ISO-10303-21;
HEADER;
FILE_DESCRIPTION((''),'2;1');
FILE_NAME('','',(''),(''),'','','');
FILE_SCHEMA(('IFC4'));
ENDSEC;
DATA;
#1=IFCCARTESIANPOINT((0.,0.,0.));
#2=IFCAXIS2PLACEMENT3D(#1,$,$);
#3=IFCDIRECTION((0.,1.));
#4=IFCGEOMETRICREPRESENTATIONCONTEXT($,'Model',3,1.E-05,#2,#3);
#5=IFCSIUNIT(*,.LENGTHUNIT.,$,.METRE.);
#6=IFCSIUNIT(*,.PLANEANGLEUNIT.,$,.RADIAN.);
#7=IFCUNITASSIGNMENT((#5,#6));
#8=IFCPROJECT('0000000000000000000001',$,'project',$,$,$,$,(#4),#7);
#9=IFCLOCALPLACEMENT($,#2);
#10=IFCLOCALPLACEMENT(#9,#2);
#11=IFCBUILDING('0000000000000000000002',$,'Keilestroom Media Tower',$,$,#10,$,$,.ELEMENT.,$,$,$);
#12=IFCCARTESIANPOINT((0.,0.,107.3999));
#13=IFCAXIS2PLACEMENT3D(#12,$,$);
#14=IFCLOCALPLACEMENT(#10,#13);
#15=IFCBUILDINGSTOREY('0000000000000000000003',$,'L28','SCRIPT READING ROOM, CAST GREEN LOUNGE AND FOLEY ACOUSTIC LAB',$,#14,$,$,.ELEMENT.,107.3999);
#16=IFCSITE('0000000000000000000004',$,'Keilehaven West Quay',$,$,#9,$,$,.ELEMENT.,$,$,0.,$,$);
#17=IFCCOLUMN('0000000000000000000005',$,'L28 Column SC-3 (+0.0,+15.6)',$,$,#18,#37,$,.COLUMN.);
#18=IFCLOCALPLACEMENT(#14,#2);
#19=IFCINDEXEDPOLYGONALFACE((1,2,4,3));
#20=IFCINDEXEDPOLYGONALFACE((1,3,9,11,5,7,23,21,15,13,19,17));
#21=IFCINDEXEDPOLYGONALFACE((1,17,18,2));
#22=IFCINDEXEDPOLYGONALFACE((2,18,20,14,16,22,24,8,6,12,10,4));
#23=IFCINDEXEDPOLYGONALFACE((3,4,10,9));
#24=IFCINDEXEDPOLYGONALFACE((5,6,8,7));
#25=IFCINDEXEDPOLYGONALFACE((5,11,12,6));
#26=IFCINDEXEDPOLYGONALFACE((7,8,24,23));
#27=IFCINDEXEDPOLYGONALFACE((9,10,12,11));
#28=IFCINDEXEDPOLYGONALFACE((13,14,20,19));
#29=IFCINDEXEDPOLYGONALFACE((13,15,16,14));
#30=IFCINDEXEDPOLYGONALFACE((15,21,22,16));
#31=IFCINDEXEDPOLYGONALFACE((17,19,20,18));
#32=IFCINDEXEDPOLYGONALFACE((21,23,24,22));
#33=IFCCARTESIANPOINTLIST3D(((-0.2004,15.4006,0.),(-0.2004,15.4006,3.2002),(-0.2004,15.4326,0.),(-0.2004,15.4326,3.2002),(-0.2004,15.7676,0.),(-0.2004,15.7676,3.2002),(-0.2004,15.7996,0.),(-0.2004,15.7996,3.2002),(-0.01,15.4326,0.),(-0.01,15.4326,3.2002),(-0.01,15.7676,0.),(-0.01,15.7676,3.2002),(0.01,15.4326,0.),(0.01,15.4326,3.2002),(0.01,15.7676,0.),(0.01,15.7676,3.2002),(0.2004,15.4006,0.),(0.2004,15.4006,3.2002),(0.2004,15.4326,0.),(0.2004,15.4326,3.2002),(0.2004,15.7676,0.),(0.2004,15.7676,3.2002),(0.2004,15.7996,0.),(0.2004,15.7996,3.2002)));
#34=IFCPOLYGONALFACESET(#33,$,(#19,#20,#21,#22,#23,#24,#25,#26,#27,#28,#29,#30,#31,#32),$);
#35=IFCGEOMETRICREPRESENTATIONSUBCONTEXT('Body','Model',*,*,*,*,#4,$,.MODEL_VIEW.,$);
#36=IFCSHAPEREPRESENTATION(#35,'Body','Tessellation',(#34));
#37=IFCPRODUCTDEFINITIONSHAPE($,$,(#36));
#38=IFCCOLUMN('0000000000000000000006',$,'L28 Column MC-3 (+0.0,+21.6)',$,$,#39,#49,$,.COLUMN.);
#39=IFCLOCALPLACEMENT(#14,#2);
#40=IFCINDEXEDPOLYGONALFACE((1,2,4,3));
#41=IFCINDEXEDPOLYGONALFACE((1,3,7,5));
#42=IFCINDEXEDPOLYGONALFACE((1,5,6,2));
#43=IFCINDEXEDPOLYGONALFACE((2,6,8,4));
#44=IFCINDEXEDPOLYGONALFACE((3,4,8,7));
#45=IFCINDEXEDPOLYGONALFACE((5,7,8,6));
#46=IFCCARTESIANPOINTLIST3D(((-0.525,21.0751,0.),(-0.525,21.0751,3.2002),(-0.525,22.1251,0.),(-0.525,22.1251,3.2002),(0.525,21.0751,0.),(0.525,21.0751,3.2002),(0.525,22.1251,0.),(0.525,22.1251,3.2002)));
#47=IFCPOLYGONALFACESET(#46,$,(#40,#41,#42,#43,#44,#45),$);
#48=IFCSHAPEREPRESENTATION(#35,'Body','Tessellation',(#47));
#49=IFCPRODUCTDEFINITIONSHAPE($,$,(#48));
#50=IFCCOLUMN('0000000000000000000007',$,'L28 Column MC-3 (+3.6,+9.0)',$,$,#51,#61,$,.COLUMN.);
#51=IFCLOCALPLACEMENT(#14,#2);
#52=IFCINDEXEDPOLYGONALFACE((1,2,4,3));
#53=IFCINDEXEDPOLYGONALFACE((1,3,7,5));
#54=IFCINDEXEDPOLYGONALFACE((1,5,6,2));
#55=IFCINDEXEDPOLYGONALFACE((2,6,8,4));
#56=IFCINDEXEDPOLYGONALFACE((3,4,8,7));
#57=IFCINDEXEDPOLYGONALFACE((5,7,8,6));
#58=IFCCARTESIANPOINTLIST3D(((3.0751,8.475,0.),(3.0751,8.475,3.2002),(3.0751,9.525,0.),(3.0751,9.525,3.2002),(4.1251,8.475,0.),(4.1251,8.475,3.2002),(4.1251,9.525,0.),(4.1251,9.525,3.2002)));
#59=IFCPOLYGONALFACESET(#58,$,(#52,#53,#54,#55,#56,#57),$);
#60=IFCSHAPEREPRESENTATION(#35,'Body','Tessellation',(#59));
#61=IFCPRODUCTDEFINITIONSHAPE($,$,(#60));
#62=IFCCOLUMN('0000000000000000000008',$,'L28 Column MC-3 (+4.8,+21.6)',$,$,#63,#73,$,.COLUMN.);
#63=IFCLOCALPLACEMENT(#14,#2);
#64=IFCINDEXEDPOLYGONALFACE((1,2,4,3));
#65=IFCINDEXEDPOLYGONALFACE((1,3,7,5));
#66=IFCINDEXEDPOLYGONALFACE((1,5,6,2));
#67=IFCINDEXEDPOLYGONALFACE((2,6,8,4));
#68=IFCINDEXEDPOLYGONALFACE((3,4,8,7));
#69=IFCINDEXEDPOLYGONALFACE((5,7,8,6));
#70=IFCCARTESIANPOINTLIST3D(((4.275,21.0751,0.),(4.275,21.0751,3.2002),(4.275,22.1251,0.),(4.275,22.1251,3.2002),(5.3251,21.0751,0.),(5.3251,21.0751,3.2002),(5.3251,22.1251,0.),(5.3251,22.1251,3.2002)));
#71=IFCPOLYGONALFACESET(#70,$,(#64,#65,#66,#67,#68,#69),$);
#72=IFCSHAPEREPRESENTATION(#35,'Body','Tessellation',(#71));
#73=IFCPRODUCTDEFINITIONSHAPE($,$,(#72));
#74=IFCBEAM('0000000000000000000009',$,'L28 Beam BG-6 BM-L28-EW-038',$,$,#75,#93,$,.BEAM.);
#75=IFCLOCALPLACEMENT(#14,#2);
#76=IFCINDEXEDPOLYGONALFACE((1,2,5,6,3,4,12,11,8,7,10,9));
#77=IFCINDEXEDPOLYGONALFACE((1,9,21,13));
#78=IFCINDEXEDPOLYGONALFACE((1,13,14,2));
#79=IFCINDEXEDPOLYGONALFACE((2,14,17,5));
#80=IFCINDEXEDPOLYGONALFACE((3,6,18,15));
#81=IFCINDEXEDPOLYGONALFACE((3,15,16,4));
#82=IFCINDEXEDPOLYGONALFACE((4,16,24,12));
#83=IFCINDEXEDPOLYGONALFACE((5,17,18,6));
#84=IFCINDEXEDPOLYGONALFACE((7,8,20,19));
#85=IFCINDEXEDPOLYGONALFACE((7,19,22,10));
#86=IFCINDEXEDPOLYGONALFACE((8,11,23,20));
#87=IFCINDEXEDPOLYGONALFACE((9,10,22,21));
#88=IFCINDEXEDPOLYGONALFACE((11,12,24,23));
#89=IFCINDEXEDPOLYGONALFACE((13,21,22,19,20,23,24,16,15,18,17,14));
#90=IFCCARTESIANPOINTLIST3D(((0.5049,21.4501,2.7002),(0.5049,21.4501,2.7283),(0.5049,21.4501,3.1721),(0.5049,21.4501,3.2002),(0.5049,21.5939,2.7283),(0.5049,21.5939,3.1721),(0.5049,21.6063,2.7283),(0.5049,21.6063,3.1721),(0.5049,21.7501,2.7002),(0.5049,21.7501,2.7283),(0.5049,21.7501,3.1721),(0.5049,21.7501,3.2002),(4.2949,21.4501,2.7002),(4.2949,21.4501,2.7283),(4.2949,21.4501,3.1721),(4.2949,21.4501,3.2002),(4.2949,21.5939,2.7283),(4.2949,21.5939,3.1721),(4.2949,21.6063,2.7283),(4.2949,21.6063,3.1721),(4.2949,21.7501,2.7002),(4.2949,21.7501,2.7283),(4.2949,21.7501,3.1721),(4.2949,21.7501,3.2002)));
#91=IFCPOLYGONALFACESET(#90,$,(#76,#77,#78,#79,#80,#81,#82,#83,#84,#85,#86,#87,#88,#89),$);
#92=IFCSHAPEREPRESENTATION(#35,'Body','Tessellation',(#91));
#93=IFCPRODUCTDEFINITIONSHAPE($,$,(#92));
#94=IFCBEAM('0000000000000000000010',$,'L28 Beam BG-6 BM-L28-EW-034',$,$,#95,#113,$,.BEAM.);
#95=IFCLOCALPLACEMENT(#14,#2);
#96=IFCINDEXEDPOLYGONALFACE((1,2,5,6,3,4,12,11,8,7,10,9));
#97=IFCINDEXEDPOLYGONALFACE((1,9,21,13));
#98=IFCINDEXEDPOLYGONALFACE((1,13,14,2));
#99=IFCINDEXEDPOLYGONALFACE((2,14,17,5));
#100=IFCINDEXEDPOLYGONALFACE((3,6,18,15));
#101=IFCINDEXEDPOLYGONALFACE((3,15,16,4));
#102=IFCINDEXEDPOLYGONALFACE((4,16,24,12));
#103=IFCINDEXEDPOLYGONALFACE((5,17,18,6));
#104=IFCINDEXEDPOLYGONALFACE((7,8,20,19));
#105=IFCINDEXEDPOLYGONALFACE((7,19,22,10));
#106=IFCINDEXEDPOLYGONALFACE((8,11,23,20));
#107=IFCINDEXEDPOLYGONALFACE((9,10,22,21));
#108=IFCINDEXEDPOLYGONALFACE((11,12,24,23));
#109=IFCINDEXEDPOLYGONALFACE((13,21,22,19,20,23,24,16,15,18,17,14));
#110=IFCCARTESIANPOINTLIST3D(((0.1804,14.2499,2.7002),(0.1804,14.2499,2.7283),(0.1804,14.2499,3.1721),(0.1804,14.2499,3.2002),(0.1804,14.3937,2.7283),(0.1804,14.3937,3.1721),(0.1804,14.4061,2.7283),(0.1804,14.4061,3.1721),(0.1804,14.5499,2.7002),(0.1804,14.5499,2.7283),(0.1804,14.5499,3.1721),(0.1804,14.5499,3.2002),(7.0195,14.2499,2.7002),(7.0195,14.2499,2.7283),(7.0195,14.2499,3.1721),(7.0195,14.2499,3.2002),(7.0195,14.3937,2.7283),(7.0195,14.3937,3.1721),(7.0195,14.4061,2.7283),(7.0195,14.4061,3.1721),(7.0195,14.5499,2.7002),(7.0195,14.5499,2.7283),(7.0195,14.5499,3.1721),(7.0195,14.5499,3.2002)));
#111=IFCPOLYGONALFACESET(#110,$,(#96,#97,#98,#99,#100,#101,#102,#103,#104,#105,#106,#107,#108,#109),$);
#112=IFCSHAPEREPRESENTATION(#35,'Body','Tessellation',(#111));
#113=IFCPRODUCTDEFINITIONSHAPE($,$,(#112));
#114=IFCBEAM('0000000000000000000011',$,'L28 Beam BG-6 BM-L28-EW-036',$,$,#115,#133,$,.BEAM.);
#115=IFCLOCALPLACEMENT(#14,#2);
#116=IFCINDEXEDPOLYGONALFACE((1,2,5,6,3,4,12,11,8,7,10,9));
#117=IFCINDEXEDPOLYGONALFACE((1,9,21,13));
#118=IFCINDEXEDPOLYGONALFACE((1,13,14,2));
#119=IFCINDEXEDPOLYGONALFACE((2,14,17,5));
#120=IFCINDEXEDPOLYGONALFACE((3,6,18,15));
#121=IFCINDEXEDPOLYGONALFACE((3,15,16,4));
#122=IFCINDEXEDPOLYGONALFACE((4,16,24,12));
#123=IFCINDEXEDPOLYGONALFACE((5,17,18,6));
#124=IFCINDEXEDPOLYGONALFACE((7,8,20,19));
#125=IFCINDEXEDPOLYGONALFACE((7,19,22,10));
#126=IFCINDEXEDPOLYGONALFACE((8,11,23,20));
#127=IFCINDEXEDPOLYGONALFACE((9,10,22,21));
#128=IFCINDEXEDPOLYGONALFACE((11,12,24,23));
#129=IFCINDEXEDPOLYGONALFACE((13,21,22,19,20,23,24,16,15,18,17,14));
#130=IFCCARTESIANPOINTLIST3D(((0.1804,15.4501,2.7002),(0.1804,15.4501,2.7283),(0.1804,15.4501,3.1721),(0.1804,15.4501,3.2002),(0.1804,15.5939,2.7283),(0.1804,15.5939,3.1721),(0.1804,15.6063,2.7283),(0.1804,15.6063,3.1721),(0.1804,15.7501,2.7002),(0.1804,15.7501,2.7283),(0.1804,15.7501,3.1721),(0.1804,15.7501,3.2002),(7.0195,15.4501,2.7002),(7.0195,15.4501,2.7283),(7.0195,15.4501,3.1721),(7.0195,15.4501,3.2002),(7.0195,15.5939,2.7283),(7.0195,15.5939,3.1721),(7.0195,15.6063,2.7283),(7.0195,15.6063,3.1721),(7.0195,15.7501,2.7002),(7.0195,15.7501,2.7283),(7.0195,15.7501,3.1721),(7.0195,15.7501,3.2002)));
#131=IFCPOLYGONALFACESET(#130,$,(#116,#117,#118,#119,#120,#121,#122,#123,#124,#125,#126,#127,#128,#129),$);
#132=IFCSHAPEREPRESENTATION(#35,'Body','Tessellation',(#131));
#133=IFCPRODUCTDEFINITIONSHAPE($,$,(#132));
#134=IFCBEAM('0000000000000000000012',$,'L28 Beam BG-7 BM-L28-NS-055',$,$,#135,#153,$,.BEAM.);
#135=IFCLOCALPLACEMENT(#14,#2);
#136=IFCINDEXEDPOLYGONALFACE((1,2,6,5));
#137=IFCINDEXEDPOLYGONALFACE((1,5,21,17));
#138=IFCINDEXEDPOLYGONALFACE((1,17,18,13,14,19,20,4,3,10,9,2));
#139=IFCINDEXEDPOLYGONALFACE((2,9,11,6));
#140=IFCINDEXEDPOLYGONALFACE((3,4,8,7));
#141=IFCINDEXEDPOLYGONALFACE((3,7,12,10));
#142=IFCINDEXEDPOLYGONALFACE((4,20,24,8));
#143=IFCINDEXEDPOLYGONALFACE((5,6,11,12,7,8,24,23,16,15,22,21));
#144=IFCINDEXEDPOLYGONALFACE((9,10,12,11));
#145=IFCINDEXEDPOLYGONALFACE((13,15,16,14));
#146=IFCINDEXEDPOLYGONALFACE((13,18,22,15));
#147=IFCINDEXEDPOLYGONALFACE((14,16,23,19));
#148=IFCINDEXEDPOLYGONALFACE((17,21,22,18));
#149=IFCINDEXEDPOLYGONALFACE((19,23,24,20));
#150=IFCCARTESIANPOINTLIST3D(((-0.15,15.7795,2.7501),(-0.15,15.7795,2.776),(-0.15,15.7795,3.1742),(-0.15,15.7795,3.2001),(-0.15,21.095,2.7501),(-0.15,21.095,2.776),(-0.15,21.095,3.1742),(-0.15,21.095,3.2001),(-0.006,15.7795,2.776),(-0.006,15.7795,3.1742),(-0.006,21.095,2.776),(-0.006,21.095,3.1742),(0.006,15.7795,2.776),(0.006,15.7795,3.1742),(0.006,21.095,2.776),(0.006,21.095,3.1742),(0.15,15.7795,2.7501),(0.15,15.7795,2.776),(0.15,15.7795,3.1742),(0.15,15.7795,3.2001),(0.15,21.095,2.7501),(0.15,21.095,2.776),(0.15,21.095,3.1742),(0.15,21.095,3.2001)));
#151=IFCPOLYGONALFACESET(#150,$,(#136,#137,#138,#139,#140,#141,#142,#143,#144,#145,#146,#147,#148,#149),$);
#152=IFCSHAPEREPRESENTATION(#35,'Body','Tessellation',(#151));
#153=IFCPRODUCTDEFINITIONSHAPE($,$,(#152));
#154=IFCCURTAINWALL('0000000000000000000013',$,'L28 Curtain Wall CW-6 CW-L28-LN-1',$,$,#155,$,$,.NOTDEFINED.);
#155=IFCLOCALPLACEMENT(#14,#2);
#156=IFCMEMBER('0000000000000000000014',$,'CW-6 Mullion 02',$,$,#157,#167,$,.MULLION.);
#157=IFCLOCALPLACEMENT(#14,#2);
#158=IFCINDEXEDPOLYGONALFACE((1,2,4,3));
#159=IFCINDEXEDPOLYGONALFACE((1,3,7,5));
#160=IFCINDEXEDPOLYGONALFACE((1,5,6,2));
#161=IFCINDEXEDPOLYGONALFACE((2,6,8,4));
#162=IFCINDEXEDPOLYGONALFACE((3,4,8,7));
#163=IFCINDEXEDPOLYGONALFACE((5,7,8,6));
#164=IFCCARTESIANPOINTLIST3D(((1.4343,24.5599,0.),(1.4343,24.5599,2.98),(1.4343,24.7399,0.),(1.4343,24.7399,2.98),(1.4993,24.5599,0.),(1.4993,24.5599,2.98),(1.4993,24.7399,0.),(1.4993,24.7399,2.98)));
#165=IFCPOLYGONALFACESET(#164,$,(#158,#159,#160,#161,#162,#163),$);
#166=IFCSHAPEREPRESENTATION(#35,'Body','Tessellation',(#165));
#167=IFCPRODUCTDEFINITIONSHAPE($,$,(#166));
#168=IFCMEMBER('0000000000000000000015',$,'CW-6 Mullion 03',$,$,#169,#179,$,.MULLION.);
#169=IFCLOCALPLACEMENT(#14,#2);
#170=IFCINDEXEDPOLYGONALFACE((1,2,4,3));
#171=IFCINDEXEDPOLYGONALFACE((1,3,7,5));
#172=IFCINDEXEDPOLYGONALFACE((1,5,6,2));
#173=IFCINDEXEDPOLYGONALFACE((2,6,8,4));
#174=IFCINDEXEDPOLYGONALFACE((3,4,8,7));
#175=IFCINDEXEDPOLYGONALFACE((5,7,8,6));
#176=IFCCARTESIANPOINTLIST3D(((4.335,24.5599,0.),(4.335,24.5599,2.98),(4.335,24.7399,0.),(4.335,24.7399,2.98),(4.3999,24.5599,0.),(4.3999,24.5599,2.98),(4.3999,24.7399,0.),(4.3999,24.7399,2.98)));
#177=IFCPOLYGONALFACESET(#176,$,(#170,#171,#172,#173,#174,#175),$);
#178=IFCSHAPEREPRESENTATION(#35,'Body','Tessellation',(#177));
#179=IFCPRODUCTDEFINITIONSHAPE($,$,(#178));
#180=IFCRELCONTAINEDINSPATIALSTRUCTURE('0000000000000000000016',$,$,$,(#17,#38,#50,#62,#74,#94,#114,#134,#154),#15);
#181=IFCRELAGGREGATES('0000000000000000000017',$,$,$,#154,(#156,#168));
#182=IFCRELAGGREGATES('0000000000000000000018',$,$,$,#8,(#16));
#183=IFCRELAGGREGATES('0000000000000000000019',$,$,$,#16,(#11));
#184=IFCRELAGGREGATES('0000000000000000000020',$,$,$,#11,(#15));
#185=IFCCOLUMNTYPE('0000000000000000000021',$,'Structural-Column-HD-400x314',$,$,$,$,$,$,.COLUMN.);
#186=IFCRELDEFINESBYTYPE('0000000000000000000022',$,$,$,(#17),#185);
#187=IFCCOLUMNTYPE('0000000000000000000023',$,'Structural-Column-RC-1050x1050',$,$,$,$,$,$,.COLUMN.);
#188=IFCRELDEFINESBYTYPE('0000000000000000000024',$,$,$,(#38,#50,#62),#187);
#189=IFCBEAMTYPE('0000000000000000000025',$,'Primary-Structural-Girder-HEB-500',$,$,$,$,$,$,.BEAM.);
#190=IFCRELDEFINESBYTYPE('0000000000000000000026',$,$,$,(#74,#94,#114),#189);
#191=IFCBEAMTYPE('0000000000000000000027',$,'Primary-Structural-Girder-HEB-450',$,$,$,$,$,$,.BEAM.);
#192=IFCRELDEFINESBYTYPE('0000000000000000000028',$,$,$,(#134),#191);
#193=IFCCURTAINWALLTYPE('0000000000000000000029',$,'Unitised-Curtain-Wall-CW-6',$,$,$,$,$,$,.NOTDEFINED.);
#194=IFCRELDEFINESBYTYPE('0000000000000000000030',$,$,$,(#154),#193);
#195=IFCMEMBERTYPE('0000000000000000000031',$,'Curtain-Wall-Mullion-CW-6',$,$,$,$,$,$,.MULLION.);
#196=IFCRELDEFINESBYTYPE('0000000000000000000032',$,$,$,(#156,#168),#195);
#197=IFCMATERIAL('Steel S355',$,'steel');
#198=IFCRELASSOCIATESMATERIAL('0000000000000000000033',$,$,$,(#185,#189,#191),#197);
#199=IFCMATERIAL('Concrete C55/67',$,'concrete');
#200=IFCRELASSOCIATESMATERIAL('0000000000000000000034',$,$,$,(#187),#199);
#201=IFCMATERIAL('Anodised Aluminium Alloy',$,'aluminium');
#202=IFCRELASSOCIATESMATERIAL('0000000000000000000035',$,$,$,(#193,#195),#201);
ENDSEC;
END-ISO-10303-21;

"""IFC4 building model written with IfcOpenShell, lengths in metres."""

from ifc_helpers import new_model, si_unit, direction, frame, origin, origin_2d, place, context, subcontext, project, spatial, rectangle, i_section, extrude, source, transform, mapped, material, material_profile, profile_set, type_object, element, aggregate, save


model = new_model("IFC4")

# Units and contexts
model_context = context("Model", 3, precision=1e-05, world=origin(), true_north=direction((0.0, 1.0)))
body_context = subcontext(model_context, "Body", "Model", "MODEL_VIEW")
ifc_project = project(units=[si_unit("LENGTHUNIT", "METRE"), si_unit("PLANEANGLEUNIT", "RADIAN")], contexts=[model_context])

# Site, building, storey
site_placement = place(None, origin())
site = spatial("IfcSite", under=ifc_project, at=site_placement, Name="Keilehaven West Quay", CompositionType="ELEMENT", RefElevation=0.0)
building_placement = place(site_placement, origin())
building = spatial("IfcBuilding", under=site, at=building_placement, Name="Keilestroom Media Tower", CompositionType="ELEMENT")
storey_placement = place(building_placement, frame((0.0, 0.0, 107.3999)))
storey = spatial("IfcBuildingStorey", under=building, at=storey_placement, Name="L28", Description="SCRIPT READING ROOM, CAST GREEN LOUNGE AND FOLEY ACOUSTIC LAB", CompositionType="ELEMENT", Elevation=107.3999)

# Columns
ifc_material_1 = material(Name="Steel S355", Category="steel")
ifc_material_profile_1 = material_profile(ifc_material_1, i_section(OverallWidth=0.4009, OverallDepth=0.3989, WebThickness=0.02, FlangeThickness=0.032, at=origin_2d()), Name="HD 400x314")
ifc_profile_set_1 = profile_set([ifc_material_profile_1], Name="Steel S355")
column_type_1 = type_object("IfcColumnType", Name="Structural-Column-HD-400x314", PredefinedType="COLUMN", material=ifc_profile_set_1)
shared_shape_1 = source(origin(), body_context, "Body", "SweptSolid", [
    extrude(i_section(OverallWidth=0.4009, OverallDepth=0.3989, WebThickness=0.02, FlangeThickness=0.032, at=origin_2d()), origin(), (0.0, 0.0, 1.0), 3.2002),
])
column_placement = place(storey_placement, frame((0.0, 15.6001, 0.0), z_axis=(0.0, 0.0, 1.0), x_axis=(1.0, 0.0, 0.0)))
element("IfcColumn", 1, at=column_placement, inside=storey, type_object=column_type_1, Name="L28 Column SC-3 (+0.0,+15.6)", PredefinedType="COLUMN", context=body_context, shape_type="MappedRepresentation", body=[
    mapped(shared_shape_1, transform((0.0, 0.0, 0.0), x_axis=(1.0, 0.0, 0.0), y_axis=(0.0, 1.0, 0.0), z_axis=(0.0, 0.0, 1.0), scale=1.0)),
])
ifc_material_2 = material(Name="Concrete C55/67", Category="concrete")
ifc_material_profile_2 = material_profile(ifc_material_2, rectangle(XDim=1.05, YDim=1.05, at=origin_2d()), Name="RC 1050x1050")
ifc_profile_set_2 = profile_set([ifc_material_profile_2], Name="Concrete C55/67")
column_type_2 = type_object("IfcColumnType", Name="Structural-Column-RC-1050x1050", PredefinedType="COLUMN", material=ifc_profile_set_2)
shared_shape_2 = source(origin(), body_context, "Body", "SweptSolid", [
    extrude(rectangle(XDim=1.05, YDim=1.05, at=origin_2d()), origin(), (0.0, 0.0, 1.0), 3.2002),
])
for number, where, z_axis, x_axis, name in (
    (2, (0.0, 21.6001, 0.0), (0.0, 0.0, 1.0), (1.0, 0.0, 0.0), "L28 Column MC-3 (+0.0,+21.6)"),
    (3, (3.6001, 9.0, 0.0), (0.0, 0.0, 1.0), (1.0, 0.0, 0.0), "L28 Column MC-3 (+3.6,+9.0)"),
    (4, (4.8, 21.6001, 0.0), (0.0, 0.0, 1.0), (1.0, 0.0, 0.0), "L28 Column MC-3 (+4.8,+21.6)"),
):
    element("IfcColumn", number, at=place(storey_placement, frame(where, z_axis=z_axis, x_axis=x_axis)), inside=storey, type_object=column_type_2, Name=name, PredefinedType="COLUMN", context=body_context, shape_type="MappedRepresentation", body=[
        mapped(shared_shape_2, transform((0.0, 0.0, 0.0), x_axis=(1.0, 0.0, 0.0), y_axis=(0.0, 1.0, 0.0), z_axis=(0.0, 0.0, 1.0), scale=1.0)),
    ])

# Beams
ifc_material_profile_3 = material_profile(ifc_material_1, i_section(OverallWidth=0.3, OverallDepth=0.5, WebThickness=0.0125, FlangeThickness=0.0281, at=origin_2d()), Name="HEB 500")
ifc_profile_set_3 = profile_set([ifc_material_profile_3], Name="Steel S355")
beam_type_1 = type_object("IfcBeamType", Name="Primary-Structural-Girder-HEB-500", PredefinedType="BEAM", material=ifc_profile_set_3)
shared_shape_3 = source(origin(), body_context, "Body", "SweptSolid", [
    extrude(i_section(OverallWidth=0.3, OverallDepth=0.5, WebThickness=0.0125, FlangeThickness=0.0281, at=origin_2d()), origin(), (0.0, 0.0, 1.0), 3.79),
])
beam_1_placement = place(storey_placement, frame((0.5049, 21.6001, 2.9502), z_axis=(1.0, 0.0, 0.0), x_axis=(0.0, 1.0, 0.0)))
element("IfcBeam", 5, at=beam_1_placement, inside=storey, type_object=beam_type_1, Name="L28 Beam BG-6 BM-L28-EW-038", PredefinedType="BEAM", context=body_context, shape_type="MappedRepresentation", body=[
    mapped(shared_shape_3, transform((0.0, 0.0, 0.0), x_axis=(1.0, 0.0, 0.0), y_axis=(0.0, 1.0, 0.0), z_axis=(0.0, 0.0, 1.0), scale=1.0)),
])
shared_shape_4 = source(origin(), body_context, "Body", "SweptSolid", [
    extrude(i_section(OverallWidth=0.3, OverallDepth=0.5, WebThickness=0.0125, FlangeThickness=0.0281, at=origin_2d()), origin(), (0.0, 0.0, 1.0), 6.8391),
])
for number, where, z_axis, x_axis, name in (
    (6, (0.1804, 14.3999, 2.9502), (1.0, 0.0, 0.0), (0.0, 1.0, 0.0), "L28 Beam BG-6 BM-L28-EW-034"),
    (7, (0.1804, 15.6001, 2.9502), (1.0, 0.0, 0.0), (0.0, 1.0, 0.0), "L28 Beam BG-6 BM-L28-EW-036"),
):
    element("IfcBeam", number, at=place(storey_placement, frame(where, z_axis=z_axis, x_axis=x_axis)), inside=storey, type_object=beam_type_1, Name=name, PredefinedType="BEAM", context=body_context, shape_type="MappedRepresentation", body=[
        mapped(shared_shape_4, transform((0.0, 0.0, 0.0), x_axis=(1.0, 0.0, 0.0), y_axis=(0.0, 1.0, 0.0), z_axis=(0.0, 0.0, 1.0), scale=1.0)),
    ])
ifc_material_profile_4 = material_profile(ifc_material_1, i_section(OverallWidth=0.3, OverallDepth=0.45, WebThickness=0.012, FlangeThickness=0.0259, at=origin_2d()), Name="HEB 450")
ifc_profile_set_4 = profile_set([ifc_material_profile_4], Name="Steel S355")
beam_type_2 = type_object("IfcBeamType", Name="Primary-Structural-Girder-HEB-450", PredefinedType="BEAM", material=ifc_profile_set_4)
shared_shape_5 = source(origin(), body_context, "Body", "SweptSolid", [
    extrude(i_section(OverallWidth=0.3, OverallDepth=0.45, WebThickness=0.012, FlangeThickness=0.0259, at=origin_2d()), origin(), (0.0, 0.0, 1.0), 5.3154),
])
beam_2_placement = place(storey_placement, frame((0.0, 15.7795, 2.9751), z_axis=(0.0, 1.0, 0.0), x_axis=(-1.0, 0.0, 0.0)))
element("IfcBeam", 8, at=beam_2_placement, inside=storey, type_object=beam_type_2, Name="L28 Beam BG-7 BM-L28-NS-055", PredefinedType="BEAM", context=body_context, shape_type="MappedRepresentation", body=[
    mapped(shared_shape_5, transform((0.0, 0.0, 0.0), x_axis=(1.0, 0.0, 0.0), y_axis=(0.0, 1.0, 0.0), z_axis=(0.0, 0.0, 1.0), scale=1.0)),
])

# Curtain wall, members
ifc_material_3 = material(Name="Anodised Aluminium Alloy", Category="aluminium")
curtain_wall_type = type_object("IfcCurtainWallType", Name="Unitised-Curtain-Wall-CW-6", PredefinedType="NOTDEFINED", material=ifc_material_3)
curtain_wall_placement = place(storey_placement, origin())
curtain_wall = element("IfcCurtainWall", 9, at=curtain_wall_placement, inside=storey, type_object=curtain_wall_type, Name="L28 Curtain Wall CW-6 CW-L28-LN-1", PredefinedType="NOTDEFINED")
ifc_material_profile_5 = material_profile(ifc_material_3, rectangle(XDim=0.0649, YDim=0.1799, at=origin_2d()), Name="ALU MULLION 65x180")
ifc_profile_set_5 = profile_set([ifc_material_profile_5], Name="Anodised Aluminium Alloy")
member_type_1 = type_object("IfcMemberType", Name="Curtain-Wall-Mullion-CW-6", PredefinedType="MULLION", material=ifc_profile_set_5)
shared_shape_6 = source(origin(), body_context, "Body", "SweptSolid", [
    extrude(rectangle(XDim=0.0649, YDim=0.1799, at=origin_2d()), origin(), (0.0, 0.0, 1.0), 2.98),
])
member_1_placement = place(storey_placement, frame((1.4668, 24.6499, 0.0), z_axis=(0.0, 0.0, 1.0), x_axis=(1.0, 0.0, 0.0)))
member_1 = element("IfcMember", 10, at=member_1_placement, type_object=member_type_1, Name="CW-6 Mullion 02", PredefinedType="MULLION", context=body_context, shape_type="MappedRepresentation", body=[
    mapped(shared_shape_6, transform((0.0, 0.0, 0.0), x_axis=(1.0, 0.0, 0.0), y_axis=(0.0, 1.0, 0.0), z_axis=(0.0, 0.0, 1.0), scale=1.0)),
])
member_2_placement = place(storey_placement, frame((4.3674, 24.6499, 0.0), z_axis=(0.0, 0.0, 1.0), x_axis=(1.0, 0.0, 0.0)))
member_2 = element("IfcMember", 11, at=member_2_placement, type_object=member_type_1, Name="CW-6 Mullion 03", PredefinedType="MULLION", context=body_context, shape_type="MappedRepresentation", body=[
    mapped(shared_shape_6, transform((0.0, 0.0, 0.0), x_axis=(1.0, 0.0, 0.0), y_axis=(0.0, 1.0, 0.0), z_axis=(0.0, 0.0, 1.0), scale=1.0)),
])
aggregate(curtain_wall, [member_1, member_2])

save(model, "model.ifc")
